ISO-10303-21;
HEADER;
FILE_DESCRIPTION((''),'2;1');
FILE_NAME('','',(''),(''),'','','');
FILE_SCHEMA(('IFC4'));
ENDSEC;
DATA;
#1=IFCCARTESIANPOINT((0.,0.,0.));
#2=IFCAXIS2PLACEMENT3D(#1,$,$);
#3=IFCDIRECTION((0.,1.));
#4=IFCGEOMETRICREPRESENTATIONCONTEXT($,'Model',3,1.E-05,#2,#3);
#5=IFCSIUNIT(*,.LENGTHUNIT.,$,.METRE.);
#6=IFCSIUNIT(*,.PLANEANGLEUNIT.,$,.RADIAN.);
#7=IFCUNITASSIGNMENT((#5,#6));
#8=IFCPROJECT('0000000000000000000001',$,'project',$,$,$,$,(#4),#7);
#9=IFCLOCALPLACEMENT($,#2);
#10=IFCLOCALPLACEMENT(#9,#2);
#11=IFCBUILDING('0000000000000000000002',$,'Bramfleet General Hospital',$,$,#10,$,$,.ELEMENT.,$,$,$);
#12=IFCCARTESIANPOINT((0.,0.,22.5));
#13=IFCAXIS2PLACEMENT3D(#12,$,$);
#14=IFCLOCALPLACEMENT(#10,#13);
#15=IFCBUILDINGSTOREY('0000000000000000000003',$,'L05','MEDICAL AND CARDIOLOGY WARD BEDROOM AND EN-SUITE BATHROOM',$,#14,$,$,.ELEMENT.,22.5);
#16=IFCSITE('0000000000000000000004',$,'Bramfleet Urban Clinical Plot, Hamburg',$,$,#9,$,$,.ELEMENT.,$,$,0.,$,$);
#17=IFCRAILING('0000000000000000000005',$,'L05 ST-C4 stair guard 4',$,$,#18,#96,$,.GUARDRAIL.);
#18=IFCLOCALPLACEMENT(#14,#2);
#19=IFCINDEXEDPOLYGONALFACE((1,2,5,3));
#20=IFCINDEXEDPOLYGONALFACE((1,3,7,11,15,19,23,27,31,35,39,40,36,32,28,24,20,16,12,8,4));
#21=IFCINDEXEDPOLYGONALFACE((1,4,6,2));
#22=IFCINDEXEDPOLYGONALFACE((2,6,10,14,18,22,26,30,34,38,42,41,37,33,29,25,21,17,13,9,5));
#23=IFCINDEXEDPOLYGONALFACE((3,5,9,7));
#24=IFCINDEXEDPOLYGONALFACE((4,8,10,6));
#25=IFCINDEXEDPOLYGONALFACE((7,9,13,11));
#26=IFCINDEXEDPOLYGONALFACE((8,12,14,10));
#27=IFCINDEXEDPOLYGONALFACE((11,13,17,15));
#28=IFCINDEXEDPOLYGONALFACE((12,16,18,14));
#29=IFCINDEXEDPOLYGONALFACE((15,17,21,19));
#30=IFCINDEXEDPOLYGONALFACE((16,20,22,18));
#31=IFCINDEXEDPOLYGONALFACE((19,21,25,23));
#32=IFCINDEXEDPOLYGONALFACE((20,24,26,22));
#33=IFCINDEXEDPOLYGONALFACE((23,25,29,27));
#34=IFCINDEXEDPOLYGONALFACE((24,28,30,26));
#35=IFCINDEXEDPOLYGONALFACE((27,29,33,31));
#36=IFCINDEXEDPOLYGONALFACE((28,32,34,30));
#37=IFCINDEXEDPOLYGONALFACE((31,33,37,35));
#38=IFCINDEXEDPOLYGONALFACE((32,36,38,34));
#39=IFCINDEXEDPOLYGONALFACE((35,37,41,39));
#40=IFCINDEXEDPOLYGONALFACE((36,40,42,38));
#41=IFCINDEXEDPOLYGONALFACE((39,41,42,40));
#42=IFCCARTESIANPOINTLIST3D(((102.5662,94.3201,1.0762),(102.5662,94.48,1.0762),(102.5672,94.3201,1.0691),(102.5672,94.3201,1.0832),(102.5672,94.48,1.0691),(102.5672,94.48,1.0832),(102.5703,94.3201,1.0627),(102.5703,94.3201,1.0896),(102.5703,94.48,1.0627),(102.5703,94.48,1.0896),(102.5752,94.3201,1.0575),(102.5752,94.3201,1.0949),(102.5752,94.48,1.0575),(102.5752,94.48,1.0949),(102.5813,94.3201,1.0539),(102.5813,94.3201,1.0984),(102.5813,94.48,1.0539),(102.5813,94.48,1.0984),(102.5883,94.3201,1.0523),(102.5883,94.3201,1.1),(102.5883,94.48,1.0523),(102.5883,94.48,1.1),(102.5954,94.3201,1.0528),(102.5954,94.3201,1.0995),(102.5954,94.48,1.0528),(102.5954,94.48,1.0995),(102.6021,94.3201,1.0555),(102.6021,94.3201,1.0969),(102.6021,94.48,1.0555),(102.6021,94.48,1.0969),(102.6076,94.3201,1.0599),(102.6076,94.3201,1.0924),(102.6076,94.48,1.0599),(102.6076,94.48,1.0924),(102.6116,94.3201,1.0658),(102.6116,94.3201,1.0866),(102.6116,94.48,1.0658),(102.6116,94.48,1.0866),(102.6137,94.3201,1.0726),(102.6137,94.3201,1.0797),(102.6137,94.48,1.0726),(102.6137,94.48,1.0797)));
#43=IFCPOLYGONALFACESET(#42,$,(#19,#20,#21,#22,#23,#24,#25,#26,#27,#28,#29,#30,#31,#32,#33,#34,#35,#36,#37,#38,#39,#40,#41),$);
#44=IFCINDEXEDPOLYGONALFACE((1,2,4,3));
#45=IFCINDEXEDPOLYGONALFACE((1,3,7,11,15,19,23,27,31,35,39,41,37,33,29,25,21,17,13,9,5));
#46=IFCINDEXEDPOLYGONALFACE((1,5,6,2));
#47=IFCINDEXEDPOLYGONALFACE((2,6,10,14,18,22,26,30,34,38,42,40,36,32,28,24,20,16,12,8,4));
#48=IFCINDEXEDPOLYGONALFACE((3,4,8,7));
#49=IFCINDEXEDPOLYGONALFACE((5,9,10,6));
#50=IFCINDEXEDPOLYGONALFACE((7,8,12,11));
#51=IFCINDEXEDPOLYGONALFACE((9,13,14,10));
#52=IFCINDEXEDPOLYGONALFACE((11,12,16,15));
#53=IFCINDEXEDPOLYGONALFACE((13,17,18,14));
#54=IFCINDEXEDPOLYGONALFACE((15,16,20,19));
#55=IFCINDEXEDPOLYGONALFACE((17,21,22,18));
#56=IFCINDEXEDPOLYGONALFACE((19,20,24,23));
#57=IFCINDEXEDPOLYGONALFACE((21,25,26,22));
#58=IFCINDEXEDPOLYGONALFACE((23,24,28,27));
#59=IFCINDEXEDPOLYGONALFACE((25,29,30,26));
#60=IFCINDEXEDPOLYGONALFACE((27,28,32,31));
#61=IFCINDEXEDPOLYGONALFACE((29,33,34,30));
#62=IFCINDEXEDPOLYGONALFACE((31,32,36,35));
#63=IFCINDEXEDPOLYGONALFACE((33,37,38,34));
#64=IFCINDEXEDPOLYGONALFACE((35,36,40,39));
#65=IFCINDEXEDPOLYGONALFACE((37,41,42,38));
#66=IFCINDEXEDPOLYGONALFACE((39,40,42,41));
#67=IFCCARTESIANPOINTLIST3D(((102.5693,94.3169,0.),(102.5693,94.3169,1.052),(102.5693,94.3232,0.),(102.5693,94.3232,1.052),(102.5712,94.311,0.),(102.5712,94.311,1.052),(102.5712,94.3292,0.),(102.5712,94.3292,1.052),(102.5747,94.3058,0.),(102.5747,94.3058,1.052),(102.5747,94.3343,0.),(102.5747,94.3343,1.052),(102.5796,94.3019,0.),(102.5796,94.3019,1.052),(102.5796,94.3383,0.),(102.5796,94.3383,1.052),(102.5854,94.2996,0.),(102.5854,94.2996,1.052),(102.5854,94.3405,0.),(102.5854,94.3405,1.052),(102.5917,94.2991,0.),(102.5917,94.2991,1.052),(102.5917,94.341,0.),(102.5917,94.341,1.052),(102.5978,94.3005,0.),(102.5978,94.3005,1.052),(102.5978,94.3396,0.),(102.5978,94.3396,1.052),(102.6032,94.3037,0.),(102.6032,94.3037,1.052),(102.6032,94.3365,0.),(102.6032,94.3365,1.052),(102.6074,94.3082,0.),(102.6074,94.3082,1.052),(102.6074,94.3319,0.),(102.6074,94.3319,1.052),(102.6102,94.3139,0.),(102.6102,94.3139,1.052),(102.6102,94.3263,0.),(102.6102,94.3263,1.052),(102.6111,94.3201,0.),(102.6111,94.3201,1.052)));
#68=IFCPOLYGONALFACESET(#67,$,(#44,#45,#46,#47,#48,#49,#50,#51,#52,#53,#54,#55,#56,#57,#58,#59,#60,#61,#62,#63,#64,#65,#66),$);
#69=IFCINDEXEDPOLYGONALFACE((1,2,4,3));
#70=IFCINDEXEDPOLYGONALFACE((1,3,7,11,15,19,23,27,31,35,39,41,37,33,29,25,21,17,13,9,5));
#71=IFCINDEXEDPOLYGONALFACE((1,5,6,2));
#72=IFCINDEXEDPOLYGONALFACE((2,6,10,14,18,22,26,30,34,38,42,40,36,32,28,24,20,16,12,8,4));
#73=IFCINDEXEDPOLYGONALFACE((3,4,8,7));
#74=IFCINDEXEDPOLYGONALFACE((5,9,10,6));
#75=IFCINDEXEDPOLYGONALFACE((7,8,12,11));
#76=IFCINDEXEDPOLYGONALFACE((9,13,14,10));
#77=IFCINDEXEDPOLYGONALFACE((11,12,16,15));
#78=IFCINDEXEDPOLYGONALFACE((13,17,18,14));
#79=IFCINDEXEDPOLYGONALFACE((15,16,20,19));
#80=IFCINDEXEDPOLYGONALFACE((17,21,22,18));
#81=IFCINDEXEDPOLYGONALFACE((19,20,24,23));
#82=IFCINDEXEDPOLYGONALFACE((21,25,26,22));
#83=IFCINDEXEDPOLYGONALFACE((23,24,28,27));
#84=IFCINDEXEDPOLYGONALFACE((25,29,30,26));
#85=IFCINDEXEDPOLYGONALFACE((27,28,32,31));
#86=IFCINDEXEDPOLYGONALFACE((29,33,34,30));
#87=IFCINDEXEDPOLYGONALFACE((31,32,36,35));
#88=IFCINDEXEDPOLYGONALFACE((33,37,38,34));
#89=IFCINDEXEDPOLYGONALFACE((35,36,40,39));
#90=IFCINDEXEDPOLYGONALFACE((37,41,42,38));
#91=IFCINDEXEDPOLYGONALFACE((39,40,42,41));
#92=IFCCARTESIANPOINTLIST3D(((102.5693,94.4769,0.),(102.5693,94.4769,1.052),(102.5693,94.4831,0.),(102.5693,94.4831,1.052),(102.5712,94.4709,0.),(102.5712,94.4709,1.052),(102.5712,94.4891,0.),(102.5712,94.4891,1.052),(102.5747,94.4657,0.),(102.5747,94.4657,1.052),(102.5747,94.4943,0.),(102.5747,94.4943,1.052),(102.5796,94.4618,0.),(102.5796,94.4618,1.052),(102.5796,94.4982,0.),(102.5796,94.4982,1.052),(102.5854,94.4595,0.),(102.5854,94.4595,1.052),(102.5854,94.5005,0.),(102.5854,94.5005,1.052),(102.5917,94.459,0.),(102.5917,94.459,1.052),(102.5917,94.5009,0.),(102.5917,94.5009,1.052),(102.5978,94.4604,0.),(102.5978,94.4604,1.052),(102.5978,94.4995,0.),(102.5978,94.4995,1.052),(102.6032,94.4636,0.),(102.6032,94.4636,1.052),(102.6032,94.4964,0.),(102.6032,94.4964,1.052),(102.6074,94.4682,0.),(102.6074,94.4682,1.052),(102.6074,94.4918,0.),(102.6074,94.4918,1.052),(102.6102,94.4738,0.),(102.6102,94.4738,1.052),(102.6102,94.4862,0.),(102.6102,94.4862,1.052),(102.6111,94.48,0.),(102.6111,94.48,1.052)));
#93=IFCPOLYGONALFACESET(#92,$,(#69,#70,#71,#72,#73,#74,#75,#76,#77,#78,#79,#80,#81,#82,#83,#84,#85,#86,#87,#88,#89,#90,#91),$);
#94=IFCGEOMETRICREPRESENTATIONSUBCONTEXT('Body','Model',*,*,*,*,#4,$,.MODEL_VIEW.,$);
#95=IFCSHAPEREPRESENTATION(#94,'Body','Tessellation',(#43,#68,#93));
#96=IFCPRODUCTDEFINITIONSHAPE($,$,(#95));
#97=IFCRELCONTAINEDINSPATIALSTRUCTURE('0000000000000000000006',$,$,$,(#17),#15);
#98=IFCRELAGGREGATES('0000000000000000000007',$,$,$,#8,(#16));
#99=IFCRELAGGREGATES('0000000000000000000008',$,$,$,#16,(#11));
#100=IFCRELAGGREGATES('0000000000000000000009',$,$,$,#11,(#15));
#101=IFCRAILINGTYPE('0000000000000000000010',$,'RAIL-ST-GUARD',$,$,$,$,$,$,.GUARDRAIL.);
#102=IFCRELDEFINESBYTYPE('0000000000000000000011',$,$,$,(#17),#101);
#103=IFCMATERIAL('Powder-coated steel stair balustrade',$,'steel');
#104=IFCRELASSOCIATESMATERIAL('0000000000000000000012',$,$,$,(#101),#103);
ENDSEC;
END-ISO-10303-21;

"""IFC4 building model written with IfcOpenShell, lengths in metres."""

from ifc_helpers import new_model, si_unit, direction, frame, origin, origin_2d, place, context, subcontext, project, spatial, circle, extrude, material, type_object, element, save


model = new_model("IFC4")

# Units and contexts
model_context = context("Model", 3, precision=1e-05, world=origin(), true_north=direction((0.0, 1.0)))
body_context = subcontext(model_context, "Body", "Model", "MODEL_VIEW")
ifc_project = project(units=[si_unit("LENGTHUNIT", "METRE"), si_unit("PLANEANGLEUNIT", "RADIAN")], contexts=[model_context])

# Site, building, storey
site_placement = place(None, origin())
site = spatial("IfcSite", under=ifc_project, at=site_placement, Name="Bramfleet Urban Clinical Plot, Hamburg", CompositionType="ELEMENT", RefElevation=0.0)
building_placement = place(site_placement, origin())
building = spatial("IfcBuilding", under=site, at=building_placement, Name="Bramfleet General Hospital", CompositionType="ELEMENT")
storey_placement = place(building_placement, frame((0.0, 0.0, 22.5)))
storey = spatial("IfcBuildingStorey", under=building, at=storey_placement, Name="L05", Description="MEDICAL AND CARDIOLOGY WARD BEDROOM AND EN-SUITE BATHROOM", CompositionType="ELEMENT", Elevation=22.5)

# Railing
ifc_material_1 = material(Name="Powder-coated steel stair balustrade", Category="steel")
railing_type_1 = type_object("IfcRailingType", Name="RAIL-ST-GUARD", PredefinedType="GUARDRAIL", material=ifc_material_1)
railing_1_placement = place(storey_placement, frame((102.5901, 94.3201, 0.0)))
element("IfcRailing", 1, at=railing_1_placement, inside=storey, type_object=railing_type_1, Name="L05 ST-C4 stair guard 4", PredefinedType="GUARDRAIL", context=body_context, shape_type="SweptSolid", body=[
    extrude(circle(Radius=0.0239, at=origin_2d()), frame((0.0, 0.0, 1.0762), z_axis=(0.0, 1.0, 0.0), x_axis=(-1.0, 0.0, 0.0)), (0.0, 0.0, 1.0), 0.1599),
    extrude(circle(Radius=0.021, at=origin_2d()), origin(), (0.0, 0.0, 1.0), 1.052),
    extrude(circle(Radius=0.021, at=origin_2d()), frame((0.0, 0.1599, 0.0)), (0.0, 0.0, 1.0), 1.052),
])

save(model, "model.ifc")
